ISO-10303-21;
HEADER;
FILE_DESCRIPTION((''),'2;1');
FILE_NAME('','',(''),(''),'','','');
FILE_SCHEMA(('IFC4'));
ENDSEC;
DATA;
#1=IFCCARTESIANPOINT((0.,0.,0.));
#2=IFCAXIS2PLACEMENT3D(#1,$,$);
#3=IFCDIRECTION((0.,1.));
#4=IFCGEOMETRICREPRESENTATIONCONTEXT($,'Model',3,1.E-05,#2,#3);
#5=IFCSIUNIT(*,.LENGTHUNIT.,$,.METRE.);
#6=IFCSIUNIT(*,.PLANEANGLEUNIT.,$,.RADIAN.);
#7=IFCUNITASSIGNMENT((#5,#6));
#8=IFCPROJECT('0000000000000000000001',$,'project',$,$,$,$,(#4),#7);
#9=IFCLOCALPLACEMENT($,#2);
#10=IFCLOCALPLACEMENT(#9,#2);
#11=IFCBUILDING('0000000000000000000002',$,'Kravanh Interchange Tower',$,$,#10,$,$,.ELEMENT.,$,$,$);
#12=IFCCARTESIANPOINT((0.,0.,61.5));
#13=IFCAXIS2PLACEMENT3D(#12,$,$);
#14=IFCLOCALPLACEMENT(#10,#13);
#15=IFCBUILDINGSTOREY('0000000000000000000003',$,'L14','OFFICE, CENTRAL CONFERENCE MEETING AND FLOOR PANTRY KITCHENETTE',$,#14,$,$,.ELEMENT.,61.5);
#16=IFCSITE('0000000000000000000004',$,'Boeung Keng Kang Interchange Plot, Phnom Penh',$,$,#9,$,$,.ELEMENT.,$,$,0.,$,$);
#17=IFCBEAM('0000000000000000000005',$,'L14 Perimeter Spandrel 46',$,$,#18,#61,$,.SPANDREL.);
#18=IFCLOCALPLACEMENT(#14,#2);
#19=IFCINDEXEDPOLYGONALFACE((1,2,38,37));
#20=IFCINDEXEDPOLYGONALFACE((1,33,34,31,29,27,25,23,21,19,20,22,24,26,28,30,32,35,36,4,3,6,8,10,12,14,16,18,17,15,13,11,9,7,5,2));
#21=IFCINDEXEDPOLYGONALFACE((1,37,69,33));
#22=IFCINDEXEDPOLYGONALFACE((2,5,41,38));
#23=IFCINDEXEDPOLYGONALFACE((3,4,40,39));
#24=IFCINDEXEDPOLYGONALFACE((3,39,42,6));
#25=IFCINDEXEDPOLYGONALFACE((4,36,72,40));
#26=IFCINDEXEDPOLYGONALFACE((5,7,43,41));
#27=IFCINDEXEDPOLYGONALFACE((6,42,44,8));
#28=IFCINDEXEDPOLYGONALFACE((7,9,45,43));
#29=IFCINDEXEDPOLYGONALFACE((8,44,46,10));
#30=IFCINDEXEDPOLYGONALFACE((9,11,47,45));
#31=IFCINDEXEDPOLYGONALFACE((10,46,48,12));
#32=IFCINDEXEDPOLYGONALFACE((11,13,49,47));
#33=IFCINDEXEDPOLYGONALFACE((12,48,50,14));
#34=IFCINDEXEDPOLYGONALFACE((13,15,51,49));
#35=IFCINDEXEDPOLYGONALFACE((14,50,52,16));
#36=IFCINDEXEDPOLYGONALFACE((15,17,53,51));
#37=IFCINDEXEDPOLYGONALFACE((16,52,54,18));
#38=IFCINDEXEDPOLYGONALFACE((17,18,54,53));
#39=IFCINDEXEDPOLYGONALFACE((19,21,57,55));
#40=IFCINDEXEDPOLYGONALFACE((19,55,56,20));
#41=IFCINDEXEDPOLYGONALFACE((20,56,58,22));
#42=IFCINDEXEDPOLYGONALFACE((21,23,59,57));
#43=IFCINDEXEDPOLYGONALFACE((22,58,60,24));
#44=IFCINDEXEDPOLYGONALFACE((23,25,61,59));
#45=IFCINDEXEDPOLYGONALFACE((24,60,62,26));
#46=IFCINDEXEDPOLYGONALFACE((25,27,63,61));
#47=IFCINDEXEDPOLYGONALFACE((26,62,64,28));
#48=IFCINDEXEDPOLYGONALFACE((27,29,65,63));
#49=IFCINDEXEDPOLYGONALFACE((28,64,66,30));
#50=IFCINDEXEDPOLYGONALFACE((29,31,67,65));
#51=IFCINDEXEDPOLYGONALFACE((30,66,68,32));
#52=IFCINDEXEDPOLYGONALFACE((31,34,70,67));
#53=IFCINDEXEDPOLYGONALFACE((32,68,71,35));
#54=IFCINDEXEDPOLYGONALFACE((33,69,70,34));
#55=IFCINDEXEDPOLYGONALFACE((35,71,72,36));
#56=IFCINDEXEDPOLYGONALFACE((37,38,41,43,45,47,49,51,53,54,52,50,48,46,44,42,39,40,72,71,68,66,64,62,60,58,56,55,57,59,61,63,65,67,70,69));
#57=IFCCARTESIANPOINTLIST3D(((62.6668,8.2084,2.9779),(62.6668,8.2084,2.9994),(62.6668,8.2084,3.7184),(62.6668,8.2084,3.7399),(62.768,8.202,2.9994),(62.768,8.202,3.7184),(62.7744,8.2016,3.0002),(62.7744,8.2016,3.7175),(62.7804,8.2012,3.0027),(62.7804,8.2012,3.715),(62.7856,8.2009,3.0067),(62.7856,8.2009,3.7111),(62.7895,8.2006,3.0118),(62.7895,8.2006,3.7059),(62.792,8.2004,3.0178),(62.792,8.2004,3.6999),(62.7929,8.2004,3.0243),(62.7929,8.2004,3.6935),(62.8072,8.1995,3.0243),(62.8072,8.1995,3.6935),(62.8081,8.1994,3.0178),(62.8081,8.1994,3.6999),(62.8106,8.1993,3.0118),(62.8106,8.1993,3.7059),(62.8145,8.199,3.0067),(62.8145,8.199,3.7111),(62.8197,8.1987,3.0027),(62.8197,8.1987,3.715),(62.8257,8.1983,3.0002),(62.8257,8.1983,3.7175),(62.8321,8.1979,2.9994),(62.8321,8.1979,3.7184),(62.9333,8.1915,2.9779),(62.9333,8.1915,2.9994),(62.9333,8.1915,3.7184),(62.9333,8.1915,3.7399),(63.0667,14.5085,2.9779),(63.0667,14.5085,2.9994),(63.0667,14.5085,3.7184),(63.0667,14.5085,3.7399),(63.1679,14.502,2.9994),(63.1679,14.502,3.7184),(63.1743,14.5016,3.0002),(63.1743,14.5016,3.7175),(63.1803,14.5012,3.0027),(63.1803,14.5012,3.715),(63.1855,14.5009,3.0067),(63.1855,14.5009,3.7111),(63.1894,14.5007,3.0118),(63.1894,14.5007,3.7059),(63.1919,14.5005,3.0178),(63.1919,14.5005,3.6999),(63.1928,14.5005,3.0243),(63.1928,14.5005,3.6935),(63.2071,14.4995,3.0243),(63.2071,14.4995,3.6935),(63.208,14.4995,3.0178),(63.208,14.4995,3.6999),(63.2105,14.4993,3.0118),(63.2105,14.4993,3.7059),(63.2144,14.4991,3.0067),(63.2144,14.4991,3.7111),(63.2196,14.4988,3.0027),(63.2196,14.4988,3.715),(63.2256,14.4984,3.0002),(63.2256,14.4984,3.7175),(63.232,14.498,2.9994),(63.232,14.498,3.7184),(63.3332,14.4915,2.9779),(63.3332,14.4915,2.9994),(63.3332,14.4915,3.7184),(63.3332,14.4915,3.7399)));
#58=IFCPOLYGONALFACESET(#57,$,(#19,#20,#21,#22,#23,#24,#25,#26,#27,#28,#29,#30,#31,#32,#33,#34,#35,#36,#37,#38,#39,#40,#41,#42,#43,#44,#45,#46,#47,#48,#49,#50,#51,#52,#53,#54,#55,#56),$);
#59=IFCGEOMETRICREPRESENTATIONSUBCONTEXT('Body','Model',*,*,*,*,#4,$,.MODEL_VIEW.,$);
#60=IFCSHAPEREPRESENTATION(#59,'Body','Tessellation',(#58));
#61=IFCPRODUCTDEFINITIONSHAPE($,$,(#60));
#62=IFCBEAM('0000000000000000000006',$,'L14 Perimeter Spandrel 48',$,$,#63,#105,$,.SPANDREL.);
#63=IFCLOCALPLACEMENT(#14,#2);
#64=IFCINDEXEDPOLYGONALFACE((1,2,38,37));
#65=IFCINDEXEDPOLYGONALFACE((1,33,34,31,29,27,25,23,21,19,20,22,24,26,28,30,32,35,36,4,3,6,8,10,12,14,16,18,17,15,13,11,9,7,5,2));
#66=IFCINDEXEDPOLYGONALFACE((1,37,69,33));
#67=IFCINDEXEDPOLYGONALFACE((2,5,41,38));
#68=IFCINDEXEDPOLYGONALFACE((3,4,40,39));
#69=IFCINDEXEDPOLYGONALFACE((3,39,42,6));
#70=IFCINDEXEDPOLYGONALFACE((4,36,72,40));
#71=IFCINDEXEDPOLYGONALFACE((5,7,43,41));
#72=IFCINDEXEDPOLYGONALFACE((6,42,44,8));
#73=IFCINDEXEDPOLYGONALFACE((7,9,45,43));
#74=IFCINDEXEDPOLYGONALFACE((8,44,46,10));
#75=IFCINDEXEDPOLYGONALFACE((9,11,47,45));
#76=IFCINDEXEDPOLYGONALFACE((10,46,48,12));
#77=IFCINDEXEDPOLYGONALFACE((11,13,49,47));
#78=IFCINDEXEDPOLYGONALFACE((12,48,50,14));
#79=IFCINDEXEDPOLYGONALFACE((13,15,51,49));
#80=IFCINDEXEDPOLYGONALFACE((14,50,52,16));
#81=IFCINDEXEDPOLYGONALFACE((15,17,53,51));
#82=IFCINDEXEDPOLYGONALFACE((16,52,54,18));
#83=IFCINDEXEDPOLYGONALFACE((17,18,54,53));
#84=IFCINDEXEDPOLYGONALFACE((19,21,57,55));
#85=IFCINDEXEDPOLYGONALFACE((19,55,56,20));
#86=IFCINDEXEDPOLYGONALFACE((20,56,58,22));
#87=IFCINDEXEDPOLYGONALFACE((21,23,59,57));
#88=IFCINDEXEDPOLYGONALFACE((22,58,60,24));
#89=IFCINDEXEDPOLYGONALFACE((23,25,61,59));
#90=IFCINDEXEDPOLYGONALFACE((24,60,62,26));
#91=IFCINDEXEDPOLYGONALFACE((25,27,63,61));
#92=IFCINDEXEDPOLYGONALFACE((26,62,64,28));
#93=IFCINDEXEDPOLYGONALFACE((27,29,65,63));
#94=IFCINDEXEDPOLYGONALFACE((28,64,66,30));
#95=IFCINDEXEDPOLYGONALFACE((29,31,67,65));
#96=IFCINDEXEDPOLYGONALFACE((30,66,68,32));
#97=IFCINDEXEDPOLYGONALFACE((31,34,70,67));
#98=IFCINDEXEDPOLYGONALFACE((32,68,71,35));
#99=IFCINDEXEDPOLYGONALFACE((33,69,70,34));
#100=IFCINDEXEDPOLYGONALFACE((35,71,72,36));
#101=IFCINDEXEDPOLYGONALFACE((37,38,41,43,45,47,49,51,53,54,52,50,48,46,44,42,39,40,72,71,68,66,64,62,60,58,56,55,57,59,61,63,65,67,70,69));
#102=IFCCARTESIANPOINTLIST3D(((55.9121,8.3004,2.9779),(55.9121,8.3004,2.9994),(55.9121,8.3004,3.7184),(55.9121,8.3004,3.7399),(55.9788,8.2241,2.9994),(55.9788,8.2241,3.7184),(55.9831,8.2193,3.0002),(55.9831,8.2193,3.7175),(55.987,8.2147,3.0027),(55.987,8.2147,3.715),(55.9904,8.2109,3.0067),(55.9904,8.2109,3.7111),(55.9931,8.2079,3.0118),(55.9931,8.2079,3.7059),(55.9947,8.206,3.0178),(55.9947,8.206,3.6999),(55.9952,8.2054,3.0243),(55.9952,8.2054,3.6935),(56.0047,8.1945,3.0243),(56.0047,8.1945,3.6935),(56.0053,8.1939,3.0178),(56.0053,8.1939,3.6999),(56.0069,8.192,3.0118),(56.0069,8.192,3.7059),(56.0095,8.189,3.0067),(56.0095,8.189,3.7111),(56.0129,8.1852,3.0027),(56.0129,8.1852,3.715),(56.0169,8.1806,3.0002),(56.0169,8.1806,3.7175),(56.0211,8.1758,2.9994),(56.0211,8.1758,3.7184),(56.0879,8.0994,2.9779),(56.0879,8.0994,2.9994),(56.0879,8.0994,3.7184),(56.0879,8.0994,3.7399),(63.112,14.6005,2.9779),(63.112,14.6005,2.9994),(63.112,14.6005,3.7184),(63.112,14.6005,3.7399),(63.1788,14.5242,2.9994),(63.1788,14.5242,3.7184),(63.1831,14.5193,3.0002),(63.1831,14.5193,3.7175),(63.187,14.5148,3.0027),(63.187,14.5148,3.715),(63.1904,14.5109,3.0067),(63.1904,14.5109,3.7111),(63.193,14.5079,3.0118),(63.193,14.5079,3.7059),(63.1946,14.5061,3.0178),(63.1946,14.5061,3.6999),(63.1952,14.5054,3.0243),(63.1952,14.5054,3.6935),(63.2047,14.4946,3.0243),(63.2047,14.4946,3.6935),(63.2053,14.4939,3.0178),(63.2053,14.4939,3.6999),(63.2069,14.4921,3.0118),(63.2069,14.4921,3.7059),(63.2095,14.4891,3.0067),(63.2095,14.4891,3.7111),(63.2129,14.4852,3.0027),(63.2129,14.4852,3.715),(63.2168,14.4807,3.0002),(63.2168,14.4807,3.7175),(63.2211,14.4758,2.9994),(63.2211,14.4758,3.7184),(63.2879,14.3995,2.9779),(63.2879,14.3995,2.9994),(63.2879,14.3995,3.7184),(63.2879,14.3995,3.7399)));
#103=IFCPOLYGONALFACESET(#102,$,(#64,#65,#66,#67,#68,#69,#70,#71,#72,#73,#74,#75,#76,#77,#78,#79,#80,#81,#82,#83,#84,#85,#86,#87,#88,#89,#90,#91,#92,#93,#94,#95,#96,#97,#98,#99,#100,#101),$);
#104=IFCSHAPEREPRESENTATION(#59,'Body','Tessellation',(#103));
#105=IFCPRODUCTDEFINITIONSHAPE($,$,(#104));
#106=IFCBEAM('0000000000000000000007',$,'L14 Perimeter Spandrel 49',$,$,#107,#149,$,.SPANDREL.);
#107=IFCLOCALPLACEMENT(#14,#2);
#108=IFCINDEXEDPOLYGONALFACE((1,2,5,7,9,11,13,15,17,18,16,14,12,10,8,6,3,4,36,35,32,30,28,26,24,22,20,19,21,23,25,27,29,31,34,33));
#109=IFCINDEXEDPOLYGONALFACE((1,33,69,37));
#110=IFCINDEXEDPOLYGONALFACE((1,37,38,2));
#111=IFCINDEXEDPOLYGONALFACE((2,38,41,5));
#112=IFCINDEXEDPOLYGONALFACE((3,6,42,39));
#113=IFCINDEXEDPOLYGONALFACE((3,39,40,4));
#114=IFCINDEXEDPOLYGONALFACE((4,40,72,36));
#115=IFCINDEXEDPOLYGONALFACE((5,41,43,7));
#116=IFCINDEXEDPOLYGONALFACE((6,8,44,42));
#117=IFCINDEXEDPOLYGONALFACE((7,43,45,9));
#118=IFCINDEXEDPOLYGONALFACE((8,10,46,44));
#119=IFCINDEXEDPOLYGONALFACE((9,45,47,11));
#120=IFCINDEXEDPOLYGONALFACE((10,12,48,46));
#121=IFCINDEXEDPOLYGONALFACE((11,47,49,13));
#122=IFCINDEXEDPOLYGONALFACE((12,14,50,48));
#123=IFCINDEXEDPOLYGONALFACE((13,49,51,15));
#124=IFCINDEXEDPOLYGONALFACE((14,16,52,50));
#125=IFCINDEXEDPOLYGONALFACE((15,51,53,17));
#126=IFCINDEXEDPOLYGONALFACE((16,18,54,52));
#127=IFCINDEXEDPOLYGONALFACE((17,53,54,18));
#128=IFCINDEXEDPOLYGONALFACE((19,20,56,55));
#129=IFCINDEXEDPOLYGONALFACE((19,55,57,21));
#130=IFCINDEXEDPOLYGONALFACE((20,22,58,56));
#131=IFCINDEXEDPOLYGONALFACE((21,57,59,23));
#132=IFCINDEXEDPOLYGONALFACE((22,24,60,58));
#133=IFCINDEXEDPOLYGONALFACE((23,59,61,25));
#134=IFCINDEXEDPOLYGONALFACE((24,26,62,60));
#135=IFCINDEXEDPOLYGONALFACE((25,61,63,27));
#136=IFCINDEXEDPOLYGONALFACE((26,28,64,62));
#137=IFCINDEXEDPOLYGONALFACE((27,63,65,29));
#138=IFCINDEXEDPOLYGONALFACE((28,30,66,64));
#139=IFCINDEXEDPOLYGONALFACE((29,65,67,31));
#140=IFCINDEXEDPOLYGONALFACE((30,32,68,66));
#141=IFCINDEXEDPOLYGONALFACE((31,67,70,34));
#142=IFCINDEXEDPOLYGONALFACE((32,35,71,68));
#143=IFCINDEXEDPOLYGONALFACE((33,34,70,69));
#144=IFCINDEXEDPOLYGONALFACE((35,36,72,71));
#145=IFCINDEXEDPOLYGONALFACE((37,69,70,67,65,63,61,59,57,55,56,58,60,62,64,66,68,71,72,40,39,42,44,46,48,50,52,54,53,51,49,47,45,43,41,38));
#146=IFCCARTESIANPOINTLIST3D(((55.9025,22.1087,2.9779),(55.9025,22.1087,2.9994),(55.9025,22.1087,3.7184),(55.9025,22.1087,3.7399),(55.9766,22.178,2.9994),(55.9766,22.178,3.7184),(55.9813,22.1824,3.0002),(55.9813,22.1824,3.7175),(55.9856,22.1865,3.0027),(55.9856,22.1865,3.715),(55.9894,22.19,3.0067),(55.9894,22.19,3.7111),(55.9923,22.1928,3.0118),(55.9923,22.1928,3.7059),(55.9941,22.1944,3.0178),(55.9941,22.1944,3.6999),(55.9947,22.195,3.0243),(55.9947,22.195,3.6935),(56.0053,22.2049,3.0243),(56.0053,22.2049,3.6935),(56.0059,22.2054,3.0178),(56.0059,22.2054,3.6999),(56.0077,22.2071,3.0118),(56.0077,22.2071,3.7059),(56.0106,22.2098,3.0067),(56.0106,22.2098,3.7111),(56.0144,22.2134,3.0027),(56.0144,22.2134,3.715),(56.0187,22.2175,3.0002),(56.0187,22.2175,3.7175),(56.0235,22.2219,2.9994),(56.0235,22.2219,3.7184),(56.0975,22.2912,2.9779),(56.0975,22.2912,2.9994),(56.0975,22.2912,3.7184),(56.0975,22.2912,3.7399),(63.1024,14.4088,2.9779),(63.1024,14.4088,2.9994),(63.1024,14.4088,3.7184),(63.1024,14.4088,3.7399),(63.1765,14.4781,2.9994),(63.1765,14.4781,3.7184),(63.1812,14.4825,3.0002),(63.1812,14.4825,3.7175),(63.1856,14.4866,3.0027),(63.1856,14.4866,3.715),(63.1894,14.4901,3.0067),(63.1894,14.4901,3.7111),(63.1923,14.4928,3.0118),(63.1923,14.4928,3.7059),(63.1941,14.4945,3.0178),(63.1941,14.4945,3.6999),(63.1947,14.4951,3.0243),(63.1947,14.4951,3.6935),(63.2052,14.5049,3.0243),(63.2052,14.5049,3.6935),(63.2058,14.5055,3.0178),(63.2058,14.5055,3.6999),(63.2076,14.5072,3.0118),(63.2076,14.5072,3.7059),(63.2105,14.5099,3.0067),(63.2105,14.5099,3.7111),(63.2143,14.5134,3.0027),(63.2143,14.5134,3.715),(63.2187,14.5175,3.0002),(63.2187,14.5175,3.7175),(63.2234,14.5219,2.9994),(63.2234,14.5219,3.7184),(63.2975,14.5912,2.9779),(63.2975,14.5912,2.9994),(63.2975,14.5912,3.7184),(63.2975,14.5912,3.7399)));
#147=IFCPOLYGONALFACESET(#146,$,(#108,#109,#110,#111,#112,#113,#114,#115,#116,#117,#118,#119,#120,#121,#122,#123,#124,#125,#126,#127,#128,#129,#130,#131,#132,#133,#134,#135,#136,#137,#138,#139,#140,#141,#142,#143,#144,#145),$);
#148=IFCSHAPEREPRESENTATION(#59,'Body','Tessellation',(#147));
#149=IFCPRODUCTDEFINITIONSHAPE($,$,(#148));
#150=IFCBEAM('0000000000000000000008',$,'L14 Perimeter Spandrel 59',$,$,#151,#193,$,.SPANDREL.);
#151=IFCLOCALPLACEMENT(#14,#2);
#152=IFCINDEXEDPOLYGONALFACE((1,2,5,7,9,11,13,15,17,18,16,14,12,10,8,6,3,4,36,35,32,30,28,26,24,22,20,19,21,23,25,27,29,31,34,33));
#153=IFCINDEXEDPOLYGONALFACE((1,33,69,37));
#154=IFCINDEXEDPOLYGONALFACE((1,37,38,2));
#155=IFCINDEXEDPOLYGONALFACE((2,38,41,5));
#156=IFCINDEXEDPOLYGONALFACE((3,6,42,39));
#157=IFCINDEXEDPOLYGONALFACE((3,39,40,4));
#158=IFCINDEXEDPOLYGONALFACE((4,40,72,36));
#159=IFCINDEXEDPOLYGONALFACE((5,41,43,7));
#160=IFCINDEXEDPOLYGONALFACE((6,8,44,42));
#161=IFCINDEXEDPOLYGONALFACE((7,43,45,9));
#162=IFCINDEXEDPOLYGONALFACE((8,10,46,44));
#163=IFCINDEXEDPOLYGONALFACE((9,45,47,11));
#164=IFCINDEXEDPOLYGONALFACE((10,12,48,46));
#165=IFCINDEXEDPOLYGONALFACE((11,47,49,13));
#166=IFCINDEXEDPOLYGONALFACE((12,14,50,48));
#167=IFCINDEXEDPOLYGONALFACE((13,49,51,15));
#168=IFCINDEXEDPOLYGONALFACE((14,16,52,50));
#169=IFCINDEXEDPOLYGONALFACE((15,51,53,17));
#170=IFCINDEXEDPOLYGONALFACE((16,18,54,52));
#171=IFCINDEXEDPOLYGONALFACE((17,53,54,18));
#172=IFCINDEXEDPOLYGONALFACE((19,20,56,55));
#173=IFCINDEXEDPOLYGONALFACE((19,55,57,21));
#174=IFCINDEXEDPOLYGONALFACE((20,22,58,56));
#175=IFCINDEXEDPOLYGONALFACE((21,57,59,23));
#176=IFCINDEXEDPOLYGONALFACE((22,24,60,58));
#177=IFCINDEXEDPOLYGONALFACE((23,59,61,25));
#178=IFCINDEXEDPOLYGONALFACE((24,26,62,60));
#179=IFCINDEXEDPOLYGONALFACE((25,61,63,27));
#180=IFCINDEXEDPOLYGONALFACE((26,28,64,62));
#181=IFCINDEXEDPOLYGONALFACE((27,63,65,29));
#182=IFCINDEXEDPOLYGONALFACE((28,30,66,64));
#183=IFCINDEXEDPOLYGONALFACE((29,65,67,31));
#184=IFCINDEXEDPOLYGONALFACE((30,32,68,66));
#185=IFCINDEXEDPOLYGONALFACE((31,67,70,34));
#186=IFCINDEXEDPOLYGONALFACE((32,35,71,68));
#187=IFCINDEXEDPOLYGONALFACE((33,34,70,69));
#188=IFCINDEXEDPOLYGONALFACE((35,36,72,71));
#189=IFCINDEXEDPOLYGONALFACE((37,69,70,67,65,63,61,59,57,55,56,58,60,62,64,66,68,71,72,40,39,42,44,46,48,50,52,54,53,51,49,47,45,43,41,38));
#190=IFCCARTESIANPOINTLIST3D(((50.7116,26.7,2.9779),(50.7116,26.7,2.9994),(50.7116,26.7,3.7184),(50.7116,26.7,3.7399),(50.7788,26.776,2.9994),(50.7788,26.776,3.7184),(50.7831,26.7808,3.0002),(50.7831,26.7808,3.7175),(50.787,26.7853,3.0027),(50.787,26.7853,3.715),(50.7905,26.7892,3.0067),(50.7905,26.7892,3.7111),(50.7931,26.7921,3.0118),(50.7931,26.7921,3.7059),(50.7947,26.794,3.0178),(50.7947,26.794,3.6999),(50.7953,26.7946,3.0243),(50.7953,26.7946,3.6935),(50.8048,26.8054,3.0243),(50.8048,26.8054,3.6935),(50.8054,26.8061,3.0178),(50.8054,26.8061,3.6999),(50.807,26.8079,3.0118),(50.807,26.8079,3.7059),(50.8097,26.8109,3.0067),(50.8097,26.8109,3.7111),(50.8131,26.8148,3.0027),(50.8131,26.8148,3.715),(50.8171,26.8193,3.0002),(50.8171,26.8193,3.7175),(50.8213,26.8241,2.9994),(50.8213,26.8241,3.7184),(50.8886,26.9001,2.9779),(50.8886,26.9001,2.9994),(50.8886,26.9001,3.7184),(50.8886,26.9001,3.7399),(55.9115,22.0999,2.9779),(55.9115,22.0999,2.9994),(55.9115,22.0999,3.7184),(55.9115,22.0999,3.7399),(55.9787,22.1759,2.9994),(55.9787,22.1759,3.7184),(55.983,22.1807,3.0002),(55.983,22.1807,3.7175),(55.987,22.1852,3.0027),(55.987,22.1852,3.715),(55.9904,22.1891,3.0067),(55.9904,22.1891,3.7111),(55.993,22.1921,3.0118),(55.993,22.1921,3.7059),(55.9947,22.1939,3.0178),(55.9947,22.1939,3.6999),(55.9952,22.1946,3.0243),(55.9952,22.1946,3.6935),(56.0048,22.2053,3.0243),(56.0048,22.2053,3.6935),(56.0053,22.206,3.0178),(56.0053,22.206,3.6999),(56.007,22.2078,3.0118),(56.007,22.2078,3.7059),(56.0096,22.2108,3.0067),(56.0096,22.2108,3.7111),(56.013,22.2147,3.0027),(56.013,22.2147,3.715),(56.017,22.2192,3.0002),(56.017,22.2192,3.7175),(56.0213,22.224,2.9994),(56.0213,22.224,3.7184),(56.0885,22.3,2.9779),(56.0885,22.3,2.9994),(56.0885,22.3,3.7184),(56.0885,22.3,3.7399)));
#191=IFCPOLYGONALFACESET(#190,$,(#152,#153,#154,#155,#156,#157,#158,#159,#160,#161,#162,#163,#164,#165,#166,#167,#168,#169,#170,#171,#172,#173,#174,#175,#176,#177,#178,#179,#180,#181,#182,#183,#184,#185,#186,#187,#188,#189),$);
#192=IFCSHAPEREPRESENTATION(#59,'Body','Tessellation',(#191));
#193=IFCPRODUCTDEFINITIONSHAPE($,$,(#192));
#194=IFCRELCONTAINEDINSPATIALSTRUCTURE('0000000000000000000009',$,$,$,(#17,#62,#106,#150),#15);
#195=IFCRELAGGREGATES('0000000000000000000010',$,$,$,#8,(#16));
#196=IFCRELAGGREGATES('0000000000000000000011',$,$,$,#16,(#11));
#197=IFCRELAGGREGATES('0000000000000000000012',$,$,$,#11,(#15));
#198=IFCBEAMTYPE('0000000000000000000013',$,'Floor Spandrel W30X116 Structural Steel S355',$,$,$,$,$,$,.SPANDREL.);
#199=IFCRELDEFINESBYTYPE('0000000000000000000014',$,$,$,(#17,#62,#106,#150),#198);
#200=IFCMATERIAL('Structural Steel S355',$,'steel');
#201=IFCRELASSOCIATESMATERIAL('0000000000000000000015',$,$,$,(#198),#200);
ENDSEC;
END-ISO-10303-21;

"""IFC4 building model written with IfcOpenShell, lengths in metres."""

from ifc_helpers import new_model, si_unit, direction, frame, origin, origin_2d, place, context, subcontext, project, spatial, i_section, extrude, material, material_profile, profile_set, type_object, element, save


model = new_model("IFC4")

# Units and contexts
model_context = context("Model", 3, precision=1e-05, world=origin(), true_north=direction((0.0, 1.0)))
body_context = subcontext(model_context, "Body", "Model", "MODEL_VIEW")
ifc_project = project(units=[si_unit("LENGTHUNIT", "METRE"), si_unit("PLANEANGLEUNIT", "RADIAN")], contexts=[model_context])

# Site, building, storey
site_placement = place(None, origin())
site = spatial("IfcSite", under=ifc_project, at=site_placement, Name="Boeung Keng Kang Interchange Plot, Phnom Penh", CompositionType="ELEMENT", RefElevation=0.0)
building_placement = place(site_placement, origin())
building = spatial("IfcBuilding", under=site, at=building_placement, Name="Kravanh Interchange Tower", CompositionType="ELEMENT")
storey_placement = place(building_placement, frame((0.0, 0.0, 61.5)))
storey = spatial("IfcBuildingStorey", under=building, at=storey_placement, Name="L14", Description="OFFICE, CENTRAL CONFERENCE MEETING AND FLOOR PANTRY KITCHENETTE", CompositionType="ELEMENT", Elevation=61.5)

# Beams
ifc_material_1 = material(Name="Structural Steel S355", Category="steel")
ifc_material_profile_1 = material_profile(ifc_material_1, i_section(OverallWidth=0.2671, OverallDepth=0.762, WebThickness=0.0144, FlangeThickness=0.0215, FilletRadius=0.0249, at=origin_2d()), Name="W30X116")
ifc_profile_set_1 = profile_set([ifc_material_profile_1], Name="Structural Steel S355")
beam_type_1 = type_object("IfcBeamType", Name="Floor Spandrel W30X116 Structural Steel S355", PredefinedType="SPANDREL", material=ifc_profile_set_1)
beam_1_placement = place(storey_placement, frame((63.2, 14.5, 3.3589), z_axis=(-0.063349, -0.997991, 0.0), x_axis=(0.997991, -0.063349, 0.0)))
element("IfcBeam", 1, at=beam_1_placement, inside=storey, type_object=beam_type_1, Name="L14 Perimeter Spandrel 46", PredefinedType="SPANDREL", context=body_context, shape_type="SweptSolid", body=[
    extrude(i_section(OverallWidth=0.2671, OverallDepth=0.762, WebThickness=0.0144, FlangeThickness=0.0215, FilletRadius=0.0249, at=origin_2d()), origin(), (0.0, 0.0, 1.0), 6.3127),
])
beam_2_placement = place(storey_placement, frame((63.2, 14.5, 3.3589), z_axis=(-0.752572, -0.65851, 0.0), x_axis=(0.65851, -0.752572, 0.0)))
element("IfcBeam", 2, at=beam_2_placement, inside=storey, type_object=beam_type_1, Name="L14 Perimeter Spandrel 48", PredefinedType="SPANDREL", context=body_context, shape_type="SweptSolid", body=[
    extrude(i_section(OverallWidth=0.2671, OverallDepth=0.762, WebThickness=0.0144, FlangeThickness=0.0215, FilletRadius=0.0249, at=origin_2d()), origin(), (0.0, 0.0, 1.0), 9.5671),
])
beam_3_placement = place(storey_placement, frame((63.2, 14.5, 3.3589), z_axis=(-0.682994, 0.730424, 0.0), x_axis=(-0.730424, -0.682994, 0.0)))
element("IfcBeam", 3, at=beam_3_placement, inside=storey, type_object=beam_type_1, Name="L14 Perimeter Spandrel 49", PredefinedType="SPANDREL", context=body_context, shape_type="SweptSolid", body=[
    extrude(i_section(OverallWidth=0.2671, OverallDepth=0.762, WebThickness=0.0144, FlangeThickness=0.0215, FilletRadius=0.0249, at=origin_2d()), origin(), (0.0, 0.0, 1.0), 10.5417),
])
beam_4_placement = place(storey_placement, frame((56.0, 22.2, 3.3589), z_axis=(-0.748986, 0.662585, 0.0), x_axis=(-0.662585, -0.748986, 0.0)))
element("IfcBeam", 4, at=beam_4_placement, inside=storey, type_object=beam_type_1, Name="L14 Perimeter Spandrel 59", PredefinedType="SPANDREL", context=body_context, shape_type="SweptSolid", body=[
    extrude(i_section(OverallWidth=0.2671, OverallDepth=0.762, WebThickness=0.0144, FlangeThickness=0.0215, FilletRadius=0.0249, at=origin_2d()), origin(), (0.0, 0.0, 1.0), 6.9426),
])

save(model, "model.ifc")
